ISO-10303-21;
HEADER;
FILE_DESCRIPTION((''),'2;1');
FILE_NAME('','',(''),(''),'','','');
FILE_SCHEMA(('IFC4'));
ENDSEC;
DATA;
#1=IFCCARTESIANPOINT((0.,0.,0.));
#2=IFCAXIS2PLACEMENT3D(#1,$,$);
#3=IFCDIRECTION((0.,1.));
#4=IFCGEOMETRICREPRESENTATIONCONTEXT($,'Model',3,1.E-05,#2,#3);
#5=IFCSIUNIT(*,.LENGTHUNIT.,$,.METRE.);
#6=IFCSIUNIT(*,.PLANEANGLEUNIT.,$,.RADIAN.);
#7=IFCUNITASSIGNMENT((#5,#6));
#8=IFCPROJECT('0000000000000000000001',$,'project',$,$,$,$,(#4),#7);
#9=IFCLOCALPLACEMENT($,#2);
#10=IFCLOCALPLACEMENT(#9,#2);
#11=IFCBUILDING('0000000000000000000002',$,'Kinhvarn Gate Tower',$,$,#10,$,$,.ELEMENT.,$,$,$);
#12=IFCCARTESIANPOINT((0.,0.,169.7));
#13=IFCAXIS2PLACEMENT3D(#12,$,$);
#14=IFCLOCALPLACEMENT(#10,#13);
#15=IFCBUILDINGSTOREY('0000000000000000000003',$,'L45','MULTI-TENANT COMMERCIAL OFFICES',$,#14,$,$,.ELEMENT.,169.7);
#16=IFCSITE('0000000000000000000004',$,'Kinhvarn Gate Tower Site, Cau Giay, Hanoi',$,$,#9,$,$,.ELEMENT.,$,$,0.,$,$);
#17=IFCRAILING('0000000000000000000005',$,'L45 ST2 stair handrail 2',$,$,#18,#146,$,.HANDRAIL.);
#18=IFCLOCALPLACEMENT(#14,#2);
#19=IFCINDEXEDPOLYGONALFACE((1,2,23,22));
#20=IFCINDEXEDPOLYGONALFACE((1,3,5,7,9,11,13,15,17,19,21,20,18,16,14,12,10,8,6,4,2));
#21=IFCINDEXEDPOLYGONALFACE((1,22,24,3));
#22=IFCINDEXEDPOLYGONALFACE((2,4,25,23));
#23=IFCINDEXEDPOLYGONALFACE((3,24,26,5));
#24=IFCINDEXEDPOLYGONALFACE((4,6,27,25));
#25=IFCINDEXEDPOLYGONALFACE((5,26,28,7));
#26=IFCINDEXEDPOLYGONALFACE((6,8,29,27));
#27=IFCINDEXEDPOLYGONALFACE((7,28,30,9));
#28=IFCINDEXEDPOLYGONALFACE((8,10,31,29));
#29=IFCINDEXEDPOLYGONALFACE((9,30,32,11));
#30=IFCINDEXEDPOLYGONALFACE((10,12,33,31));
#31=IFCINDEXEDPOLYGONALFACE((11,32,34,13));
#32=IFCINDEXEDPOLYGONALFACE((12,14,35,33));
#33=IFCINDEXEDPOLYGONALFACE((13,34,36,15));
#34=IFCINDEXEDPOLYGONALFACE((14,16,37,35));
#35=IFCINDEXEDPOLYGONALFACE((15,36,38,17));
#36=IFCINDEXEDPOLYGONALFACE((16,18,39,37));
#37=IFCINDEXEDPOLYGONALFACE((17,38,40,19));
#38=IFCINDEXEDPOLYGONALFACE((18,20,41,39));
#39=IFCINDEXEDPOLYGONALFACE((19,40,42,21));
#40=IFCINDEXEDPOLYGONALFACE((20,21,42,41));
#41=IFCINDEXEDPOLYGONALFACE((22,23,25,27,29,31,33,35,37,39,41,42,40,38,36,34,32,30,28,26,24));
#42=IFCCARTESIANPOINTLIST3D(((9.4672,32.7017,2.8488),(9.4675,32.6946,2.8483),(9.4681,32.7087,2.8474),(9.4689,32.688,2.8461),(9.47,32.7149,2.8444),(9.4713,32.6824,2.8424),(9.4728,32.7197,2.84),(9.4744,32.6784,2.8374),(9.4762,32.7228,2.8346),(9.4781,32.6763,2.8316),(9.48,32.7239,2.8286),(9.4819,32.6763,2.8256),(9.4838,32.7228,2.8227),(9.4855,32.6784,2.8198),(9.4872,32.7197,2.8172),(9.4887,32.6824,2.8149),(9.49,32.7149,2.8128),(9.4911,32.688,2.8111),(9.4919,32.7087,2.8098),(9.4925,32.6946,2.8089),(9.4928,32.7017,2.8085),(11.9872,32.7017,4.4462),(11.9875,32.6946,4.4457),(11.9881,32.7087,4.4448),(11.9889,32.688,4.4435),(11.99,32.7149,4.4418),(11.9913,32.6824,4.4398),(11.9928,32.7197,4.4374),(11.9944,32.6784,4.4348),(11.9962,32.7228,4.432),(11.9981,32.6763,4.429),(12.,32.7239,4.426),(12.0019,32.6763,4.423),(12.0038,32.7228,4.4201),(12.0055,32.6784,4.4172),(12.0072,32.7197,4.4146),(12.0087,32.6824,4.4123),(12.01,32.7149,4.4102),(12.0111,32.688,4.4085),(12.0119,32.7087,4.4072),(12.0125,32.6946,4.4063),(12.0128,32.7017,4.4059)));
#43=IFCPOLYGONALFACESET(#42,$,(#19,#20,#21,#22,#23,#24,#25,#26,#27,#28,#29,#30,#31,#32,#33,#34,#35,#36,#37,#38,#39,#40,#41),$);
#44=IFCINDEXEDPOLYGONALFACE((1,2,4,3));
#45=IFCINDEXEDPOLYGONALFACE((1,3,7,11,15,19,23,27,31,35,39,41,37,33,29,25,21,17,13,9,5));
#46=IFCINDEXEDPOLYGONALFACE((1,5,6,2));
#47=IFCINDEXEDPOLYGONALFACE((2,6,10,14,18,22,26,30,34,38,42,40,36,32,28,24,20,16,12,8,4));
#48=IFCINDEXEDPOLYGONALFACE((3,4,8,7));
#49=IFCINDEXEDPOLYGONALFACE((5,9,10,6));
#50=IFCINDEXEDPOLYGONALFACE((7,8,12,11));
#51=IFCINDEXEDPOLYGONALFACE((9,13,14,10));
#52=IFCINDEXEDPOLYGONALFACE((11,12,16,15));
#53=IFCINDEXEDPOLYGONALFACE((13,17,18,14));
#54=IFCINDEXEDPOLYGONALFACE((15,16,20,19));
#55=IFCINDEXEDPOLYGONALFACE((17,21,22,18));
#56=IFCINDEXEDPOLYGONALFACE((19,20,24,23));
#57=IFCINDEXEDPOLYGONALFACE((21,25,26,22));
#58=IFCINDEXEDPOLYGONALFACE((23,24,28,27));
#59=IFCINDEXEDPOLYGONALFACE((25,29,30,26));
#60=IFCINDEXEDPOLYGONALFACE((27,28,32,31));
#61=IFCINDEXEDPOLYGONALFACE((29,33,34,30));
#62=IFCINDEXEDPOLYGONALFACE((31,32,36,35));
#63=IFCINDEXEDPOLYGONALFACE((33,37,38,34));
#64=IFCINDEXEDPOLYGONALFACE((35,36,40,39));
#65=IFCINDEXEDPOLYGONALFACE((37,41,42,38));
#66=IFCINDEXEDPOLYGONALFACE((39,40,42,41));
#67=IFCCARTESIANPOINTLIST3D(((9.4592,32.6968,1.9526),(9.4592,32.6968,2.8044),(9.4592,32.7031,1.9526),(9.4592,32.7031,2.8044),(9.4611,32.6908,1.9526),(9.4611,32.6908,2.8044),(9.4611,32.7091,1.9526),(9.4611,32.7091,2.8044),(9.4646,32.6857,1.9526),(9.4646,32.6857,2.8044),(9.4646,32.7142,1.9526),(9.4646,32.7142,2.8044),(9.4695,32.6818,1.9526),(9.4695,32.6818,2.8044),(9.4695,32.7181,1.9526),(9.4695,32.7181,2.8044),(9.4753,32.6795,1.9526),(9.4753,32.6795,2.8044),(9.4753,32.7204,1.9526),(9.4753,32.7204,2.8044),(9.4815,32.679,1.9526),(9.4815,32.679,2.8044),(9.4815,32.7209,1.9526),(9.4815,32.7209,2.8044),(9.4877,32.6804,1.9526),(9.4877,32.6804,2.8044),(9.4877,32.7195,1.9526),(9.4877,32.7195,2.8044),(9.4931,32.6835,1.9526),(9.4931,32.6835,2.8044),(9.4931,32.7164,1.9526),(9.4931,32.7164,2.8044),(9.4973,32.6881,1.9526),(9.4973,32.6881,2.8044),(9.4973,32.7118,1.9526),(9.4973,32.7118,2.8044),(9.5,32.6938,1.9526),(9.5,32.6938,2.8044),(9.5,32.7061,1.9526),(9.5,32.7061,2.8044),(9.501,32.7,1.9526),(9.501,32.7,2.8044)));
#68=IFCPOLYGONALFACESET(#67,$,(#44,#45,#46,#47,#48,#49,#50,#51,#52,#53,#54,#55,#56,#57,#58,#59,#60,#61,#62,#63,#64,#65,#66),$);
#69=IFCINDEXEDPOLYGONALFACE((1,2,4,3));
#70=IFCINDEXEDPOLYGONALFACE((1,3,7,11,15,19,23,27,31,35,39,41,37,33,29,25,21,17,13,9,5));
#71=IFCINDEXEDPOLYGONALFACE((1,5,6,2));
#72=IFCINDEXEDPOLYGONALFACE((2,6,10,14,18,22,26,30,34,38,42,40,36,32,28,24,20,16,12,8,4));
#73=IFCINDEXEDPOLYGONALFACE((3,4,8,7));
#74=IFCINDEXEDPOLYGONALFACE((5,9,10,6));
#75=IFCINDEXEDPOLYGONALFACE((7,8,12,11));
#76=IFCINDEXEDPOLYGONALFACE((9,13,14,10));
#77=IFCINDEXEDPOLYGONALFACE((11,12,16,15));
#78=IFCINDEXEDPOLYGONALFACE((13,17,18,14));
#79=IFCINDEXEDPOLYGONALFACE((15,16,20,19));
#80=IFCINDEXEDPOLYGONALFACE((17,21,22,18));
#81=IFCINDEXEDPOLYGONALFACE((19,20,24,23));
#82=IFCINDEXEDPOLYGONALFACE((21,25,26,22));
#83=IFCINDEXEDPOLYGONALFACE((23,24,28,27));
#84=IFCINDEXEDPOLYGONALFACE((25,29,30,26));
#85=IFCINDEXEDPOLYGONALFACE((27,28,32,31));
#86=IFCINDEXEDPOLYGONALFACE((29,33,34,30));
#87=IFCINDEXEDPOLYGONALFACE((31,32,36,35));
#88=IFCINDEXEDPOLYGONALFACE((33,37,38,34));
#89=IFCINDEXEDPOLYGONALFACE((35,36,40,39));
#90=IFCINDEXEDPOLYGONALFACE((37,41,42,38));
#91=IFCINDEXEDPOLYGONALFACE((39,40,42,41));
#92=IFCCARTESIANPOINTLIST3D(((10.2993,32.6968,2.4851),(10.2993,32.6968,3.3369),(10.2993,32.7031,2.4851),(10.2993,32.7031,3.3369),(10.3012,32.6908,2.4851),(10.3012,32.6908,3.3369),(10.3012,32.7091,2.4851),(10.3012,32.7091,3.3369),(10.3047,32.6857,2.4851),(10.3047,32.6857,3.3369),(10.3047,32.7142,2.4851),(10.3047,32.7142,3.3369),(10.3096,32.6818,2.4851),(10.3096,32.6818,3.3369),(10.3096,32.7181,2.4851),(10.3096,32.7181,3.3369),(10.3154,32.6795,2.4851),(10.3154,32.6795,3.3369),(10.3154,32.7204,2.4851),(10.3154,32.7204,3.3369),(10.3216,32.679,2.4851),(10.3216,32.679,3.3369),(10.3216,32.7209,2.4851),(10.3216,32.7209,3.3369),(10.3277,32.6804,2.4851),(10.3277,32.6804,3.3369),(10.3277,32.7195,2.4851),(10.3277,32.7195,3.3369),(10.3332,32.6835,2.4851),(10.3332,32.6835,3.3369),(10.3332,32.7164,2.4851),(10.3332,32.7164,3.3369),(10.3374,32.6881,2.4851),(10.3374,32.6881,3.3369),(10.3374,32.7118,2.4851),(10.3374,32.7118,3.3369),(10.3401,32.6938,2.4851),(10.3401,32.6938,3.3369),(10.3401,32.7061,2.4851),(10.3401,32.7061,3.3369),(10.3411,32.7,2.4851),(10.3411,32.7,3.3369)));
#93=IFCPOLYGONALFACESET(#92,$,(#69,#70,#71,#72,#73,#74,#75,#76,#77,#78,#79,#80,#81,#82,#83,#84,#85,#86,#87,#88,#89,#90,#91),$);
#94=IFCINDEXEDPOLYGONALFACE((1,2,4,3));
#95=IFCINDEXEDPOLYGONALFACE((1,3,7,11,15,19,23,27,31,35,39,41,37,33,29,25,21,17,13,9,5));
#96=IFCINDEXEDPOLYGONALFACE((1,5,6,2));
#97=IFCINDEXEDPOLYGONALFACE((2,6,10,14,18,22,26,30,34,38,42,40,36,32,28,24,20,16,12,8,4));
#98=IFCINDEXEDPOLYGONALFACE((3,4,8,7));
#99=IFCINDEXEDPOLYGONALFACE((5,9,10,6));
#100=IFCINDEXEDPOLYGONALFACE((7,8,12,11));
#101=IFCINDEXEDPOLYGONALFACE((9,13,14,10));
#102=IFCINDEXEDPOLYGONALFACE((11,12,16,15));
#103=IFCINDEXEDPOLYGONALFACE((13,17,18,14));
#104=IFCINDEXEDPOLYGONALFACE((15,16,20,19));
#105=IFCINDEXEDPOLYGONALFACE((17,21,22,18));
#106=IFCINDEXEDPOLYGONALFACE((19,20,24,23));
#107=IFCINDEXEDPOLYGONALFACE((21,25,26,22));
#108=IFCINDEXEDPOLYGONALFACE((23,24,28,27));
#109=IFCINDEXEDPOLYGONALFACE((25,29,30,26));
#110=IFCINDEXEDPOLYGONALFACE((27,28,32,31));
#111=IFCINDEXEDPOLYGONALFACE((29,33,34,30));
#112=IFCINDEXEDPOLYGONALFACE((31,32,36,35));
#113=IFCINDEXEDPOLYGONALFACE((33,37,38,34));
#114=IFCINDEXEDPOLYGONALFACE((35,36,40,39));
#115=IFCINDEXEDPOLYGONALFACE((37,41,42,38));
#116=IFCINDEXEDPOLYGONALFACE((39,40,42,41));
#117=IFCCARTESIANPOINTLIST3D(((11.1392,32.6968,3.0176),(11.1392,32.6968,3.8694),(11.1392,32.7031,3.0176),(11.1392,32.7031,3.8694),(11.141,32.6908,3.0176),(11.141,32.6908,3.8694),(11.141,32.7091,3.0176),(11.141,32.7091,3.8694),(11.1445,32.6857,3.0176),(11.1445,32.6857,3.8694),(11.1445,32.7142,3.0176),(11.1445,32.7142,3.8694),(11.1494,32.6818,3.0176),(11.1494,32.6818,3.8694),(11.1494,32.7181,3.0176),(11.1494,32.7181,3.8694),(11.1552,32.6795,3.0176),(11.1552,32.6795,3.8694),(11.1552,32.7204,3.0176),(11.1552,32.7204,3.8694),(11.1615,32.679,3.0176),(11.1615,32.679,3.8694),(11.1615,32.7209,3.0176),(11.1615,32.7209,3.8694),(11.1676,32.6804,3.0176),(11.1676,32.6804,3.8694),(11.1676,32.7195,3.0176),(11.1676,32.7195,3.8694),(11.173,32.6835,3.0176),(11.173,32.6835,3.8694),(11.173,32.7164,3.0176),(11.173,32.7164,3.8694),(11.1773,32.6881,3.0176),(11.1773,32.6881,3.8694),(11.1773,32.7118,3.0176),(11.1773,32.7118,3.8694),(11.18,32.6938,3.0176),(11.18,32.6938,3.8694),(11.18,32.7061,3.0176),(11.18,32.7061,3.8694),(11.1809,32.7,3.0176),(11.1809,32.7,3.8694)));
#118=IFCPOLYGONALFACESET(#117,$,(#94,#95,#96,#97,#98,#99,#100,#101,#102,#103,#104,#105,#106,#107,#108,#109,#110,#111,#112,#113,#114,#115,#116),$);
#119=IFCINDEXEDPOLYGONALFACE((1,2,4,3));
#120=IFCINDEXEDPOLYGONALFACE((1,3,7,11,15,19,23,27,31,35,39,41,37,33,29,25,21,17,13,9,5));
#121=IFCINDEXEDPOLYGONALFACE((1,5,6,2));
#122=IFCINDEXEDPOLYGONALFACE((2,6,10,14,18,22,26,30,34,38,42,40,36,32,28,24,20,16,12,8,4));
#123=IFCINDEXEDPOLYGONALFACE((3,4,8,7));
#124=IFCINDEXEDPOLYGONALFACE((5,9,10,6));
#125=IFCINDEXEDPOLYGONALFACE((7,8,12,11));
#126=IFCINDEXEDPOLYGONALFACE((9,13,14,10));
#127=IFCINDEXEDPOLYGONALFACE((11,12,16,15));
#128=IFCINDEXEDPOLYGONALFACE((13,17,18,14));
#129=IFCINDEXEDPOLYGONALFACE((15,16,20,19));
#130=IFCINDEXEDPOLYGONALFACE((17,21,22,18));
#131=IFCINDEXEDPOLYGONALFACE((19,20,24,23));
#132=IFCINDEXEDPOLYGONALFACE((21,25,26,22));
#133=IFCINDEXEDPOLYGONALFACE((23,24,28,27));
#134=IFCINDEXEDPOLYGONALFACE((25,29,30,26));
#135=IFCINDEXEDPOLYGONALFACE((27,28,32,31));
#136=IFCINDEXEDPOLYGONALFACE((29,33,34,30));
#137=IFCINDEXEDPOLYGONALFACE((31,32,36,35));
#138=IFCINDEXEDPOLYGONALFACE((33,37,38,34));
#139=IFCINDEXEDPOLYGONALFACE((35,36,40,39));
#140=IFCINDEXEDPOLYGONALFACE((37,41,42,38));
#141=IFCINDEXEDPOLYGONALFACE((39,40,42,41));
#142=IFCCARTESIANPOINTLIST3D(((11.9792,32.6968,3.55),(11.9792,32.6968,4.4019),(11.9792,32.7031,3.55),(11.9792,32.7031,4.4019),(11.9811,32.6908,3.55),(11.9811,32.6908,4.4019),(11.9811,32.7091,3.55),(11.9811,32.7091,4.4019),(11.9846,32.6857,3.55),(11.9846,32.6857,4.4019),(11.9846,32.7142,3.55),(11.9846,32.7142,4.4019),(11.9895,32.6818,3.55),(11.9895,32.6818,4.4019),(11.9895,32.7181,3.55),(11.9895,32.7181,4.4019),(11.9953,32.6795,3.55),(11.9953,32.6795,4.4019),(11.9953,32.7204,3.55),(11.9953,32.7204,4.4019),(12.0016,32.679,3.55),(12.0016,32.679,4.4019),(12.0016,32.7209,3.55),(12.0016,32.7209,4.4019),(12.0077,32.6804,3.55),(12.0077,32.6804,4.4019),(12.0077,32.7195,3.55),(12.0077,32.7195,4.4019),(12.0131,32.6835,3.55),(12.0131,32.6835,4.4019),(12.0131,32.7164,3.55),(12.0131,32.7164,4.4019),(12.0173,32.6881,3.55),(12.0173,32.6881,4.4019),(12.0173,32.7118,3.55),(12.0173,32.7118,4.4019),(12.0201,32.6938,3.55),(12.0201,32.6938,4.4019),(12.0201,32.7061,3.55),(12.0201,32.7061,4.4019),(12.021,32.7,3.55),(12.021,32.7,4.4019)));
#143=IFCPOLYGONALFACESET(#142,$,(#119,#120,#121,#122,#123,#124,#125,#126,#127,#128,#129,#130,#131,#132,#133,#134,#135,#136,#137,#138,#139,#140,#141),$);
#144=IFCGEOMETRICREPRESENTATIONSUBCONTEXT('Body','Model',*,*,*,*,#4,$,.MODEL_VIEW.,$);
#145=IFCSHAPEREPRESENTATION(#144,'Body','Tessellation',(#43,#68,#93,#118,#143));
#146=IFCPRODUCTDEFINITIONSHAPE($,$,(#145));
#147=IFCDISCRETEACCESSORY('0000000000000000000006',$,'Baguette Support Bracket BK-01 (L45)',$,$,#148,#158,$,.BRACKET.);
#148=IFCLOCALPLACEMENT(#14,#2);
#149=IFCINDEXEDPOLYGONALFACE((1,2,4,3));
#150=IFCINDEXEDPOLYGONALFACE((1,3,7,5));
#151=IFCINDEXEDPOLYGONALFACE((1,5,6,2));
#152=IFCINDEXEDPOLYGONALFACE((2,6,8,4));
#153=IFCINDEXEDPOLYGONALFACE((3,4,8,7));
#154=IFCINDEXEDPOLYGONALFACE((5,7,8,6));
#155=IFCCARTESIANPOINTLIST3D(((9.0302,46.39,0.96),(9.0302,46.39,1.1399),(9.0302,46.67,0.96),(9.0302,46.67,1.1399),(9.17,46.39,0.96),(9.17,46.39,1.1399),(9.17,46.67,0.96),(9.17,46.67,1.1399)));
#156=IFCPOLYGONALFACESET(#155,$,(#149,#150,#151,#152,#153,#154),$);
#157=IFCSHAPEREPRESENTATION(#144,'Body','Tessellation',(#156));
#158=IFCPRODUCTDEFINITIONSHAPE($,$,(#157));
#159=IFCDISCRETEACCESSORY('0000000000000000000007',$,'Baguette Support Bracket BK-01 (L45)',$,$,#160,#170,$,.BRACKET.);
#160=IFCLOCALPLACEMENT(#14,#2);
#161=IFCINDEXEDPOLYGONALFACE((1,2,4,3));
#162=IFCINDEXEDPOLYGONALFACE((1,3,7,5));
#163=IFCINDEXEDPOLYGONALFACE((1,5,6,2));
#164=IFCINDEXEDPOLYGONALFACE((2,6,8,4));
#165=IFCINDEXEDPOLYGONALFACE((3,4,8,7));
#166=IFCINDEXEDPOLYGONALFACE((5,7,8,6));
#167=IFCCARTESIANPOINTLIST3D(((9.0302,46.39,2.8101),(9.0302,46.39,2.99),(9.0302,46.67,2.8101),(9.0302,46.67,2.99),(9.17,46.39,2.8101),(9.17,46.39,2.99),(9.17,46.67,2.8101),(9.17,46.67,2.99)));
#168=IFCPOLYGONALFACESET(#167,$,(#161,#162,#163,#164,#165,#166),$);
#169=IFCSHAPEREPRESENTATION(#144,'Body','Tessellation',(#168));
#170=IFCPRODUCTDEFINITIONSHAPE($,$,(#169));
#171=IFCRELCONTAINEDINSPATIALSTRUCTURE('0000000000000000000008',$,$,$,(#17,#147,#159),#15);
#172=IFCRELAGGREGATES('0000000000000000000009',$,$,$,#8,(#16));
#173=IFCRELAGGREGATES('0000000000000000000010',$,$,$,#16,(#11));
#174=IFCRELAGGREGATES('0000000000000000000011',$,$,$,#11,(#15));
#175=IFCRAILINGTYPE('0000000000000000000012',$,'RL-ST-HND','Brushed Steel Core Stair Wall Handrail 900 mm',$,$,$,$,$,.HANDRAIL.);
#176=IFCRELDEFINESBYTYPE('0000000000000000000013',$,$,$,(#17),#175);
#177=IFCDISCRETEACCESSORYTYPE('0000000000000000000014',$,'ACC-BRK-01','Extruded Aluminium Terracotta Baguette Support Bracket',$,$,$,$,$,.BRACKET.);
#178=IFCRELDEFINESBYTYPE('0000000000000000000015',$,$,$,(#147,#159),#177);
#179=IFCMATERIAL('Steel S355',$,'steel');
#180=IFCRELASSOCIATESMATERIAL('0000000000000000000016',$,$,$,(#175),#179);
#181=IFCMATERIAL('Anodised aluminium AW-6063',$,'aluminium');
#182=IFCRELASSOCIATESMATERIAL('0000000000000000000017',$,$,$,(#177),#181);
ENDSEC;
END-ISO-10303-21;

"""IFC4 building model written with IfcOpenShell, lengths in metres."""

from ifc_helpers import new_model, si_unit, direction, frame, origin, origin_2d, place, context, subcontext, project, spatial, rectangle, circle, extrude, material, type_object, element, save


model = new_model("IFC4")

# Units and contexts
model_context = context("Model", 3, precision=1e-05, world=origin(), true_north=direction((0.0, 1.0)))
body_context = subcontext(model_context, "Body", "Model", "MODEL_VIEW")
ifc_project = project(units=[si_unit("LENGTHUNIT", "METRE"), si_unit("PLANEANGLEUNIT", "RADIAN")], contexts=[model_context])

# Site, building, storey
site_placement = place(None, origin())
site = spatial("IfcSite", under=ifc_project, at=site_placement, Name="Kinhvarn Gate Tower Site, Cau Giay, Hanoi", CompositionType="ELEMENT", RefElevation=0.0)
building_placement = place(site_placement, origin())
building = spatial("IfcBuilding", under=site, at=building_placement, Name="Kinhvarn Gate Tower", CompositionType="ELEMENT")
storey_placement = place(building_placement, frame((0.0, 0.0, 169.7)))
storey = spatial("IfcBuildingStorey", under=building, at=storey_placement, Name="L45", Description="MULTI-TENANT COMMERCIAL OFFICES", CompositionType="ELEMENT", Elevation=169.7)

# Shared definitions
ifc_material_1 = material(Name="Anodised aluminium AW-6063", Category="aluminium")

# Shared definitions
ifc_material_2 = material(Name="Steel S355", Category="steel")

# Railing
railing_type_1 = type_object("IfcRailingType", Name="RL-ST-HND", Description="Brushed Steel Core Stair Wall Handrail 900 mm", PredefinedType="HANDRAIL", material=ifc_material_2)
railing_1_placement = place(storey_placement, frame((9.48, 32.7, 1.9526)))
element("IfcRailing", 1, at=railing_1_placement, inside=storey, type_object=railing_type_1, Name="L45 ST2 stair handrail 2", PredefinedType="HANDRAIL", context=body_context, shape_type="SweptSolid", body=[
    extrude(circle(Radius=0.0239, at=origin_2d()), frame((0.0, 0.0, 0.876), z_axis=(0.844607, 0.0, 0.535387), x_axis=(0.0, 1.0, 0.0)), (0.0, 0.0, 1.0), 2.9836),
    extrude(circle(Radius=0.021, at=origin_2d()), origin(), (0.0, 0.0, 1.0), 0.8518),
    extrude(circle(Radius=0.021, at=origin_2d()), frame((0.8401, 0.0, 0.5325)), (0.0, 0.0, 1.0), 0.8518),
    extrude(circle(Radius=0.021, at=origin_2d()), frame((1.6799, 0.0, 1.0649)), (0.0, 0.0, 1.0), 0.8518),
    extrude(circle(Radius=0.021, at=origin_2d()), frame((2.52, 0.0, 1.5974)), (0.0, 0.0, 1.0), 0.8518),
])

# Discrete accessories
discrete_accessory_type = type_object("IfcDiscreteAccessoryType", Name="ACC-BRK-01", Description="Extruded Aluminium Terracotta Baguette Support Bracket", PredefinedType="BRACKET", material=ifc_material_1)
for number, where, z_axis, x_axis, name in (
    (2, (9.1001, 46.53, 0.96), (0.0, 0.0, 1.0), (-1.0, 0.0, 0.0), "Baguette Support Bracket BK-01 (L45)"),
    (3, (9.1001, 46.53, 2.8101), (0.0, 0.0, 1.0), (-1.0, 0.0, 0.0), "Baguette Support Bracket BK-01 (L45)"),
):
    element("IfcDiscreteAccessory", number, at=place(storey_placement, frame(where, z_axis=z_axis, x_axis=x_axis)), inside=storey, type_object=discrete_accessory_type, Name=name, PredefinedType="BRACKET", context=body_context, shape_type="SweptSolid", body=[
        extrude(rectangle(XDim=0.1399, YDim=0.28, at=origin_2d()), origin(), (0.0, 0.0, 1.0), 0.1799),
    ])

save(model, "model.ifc")
